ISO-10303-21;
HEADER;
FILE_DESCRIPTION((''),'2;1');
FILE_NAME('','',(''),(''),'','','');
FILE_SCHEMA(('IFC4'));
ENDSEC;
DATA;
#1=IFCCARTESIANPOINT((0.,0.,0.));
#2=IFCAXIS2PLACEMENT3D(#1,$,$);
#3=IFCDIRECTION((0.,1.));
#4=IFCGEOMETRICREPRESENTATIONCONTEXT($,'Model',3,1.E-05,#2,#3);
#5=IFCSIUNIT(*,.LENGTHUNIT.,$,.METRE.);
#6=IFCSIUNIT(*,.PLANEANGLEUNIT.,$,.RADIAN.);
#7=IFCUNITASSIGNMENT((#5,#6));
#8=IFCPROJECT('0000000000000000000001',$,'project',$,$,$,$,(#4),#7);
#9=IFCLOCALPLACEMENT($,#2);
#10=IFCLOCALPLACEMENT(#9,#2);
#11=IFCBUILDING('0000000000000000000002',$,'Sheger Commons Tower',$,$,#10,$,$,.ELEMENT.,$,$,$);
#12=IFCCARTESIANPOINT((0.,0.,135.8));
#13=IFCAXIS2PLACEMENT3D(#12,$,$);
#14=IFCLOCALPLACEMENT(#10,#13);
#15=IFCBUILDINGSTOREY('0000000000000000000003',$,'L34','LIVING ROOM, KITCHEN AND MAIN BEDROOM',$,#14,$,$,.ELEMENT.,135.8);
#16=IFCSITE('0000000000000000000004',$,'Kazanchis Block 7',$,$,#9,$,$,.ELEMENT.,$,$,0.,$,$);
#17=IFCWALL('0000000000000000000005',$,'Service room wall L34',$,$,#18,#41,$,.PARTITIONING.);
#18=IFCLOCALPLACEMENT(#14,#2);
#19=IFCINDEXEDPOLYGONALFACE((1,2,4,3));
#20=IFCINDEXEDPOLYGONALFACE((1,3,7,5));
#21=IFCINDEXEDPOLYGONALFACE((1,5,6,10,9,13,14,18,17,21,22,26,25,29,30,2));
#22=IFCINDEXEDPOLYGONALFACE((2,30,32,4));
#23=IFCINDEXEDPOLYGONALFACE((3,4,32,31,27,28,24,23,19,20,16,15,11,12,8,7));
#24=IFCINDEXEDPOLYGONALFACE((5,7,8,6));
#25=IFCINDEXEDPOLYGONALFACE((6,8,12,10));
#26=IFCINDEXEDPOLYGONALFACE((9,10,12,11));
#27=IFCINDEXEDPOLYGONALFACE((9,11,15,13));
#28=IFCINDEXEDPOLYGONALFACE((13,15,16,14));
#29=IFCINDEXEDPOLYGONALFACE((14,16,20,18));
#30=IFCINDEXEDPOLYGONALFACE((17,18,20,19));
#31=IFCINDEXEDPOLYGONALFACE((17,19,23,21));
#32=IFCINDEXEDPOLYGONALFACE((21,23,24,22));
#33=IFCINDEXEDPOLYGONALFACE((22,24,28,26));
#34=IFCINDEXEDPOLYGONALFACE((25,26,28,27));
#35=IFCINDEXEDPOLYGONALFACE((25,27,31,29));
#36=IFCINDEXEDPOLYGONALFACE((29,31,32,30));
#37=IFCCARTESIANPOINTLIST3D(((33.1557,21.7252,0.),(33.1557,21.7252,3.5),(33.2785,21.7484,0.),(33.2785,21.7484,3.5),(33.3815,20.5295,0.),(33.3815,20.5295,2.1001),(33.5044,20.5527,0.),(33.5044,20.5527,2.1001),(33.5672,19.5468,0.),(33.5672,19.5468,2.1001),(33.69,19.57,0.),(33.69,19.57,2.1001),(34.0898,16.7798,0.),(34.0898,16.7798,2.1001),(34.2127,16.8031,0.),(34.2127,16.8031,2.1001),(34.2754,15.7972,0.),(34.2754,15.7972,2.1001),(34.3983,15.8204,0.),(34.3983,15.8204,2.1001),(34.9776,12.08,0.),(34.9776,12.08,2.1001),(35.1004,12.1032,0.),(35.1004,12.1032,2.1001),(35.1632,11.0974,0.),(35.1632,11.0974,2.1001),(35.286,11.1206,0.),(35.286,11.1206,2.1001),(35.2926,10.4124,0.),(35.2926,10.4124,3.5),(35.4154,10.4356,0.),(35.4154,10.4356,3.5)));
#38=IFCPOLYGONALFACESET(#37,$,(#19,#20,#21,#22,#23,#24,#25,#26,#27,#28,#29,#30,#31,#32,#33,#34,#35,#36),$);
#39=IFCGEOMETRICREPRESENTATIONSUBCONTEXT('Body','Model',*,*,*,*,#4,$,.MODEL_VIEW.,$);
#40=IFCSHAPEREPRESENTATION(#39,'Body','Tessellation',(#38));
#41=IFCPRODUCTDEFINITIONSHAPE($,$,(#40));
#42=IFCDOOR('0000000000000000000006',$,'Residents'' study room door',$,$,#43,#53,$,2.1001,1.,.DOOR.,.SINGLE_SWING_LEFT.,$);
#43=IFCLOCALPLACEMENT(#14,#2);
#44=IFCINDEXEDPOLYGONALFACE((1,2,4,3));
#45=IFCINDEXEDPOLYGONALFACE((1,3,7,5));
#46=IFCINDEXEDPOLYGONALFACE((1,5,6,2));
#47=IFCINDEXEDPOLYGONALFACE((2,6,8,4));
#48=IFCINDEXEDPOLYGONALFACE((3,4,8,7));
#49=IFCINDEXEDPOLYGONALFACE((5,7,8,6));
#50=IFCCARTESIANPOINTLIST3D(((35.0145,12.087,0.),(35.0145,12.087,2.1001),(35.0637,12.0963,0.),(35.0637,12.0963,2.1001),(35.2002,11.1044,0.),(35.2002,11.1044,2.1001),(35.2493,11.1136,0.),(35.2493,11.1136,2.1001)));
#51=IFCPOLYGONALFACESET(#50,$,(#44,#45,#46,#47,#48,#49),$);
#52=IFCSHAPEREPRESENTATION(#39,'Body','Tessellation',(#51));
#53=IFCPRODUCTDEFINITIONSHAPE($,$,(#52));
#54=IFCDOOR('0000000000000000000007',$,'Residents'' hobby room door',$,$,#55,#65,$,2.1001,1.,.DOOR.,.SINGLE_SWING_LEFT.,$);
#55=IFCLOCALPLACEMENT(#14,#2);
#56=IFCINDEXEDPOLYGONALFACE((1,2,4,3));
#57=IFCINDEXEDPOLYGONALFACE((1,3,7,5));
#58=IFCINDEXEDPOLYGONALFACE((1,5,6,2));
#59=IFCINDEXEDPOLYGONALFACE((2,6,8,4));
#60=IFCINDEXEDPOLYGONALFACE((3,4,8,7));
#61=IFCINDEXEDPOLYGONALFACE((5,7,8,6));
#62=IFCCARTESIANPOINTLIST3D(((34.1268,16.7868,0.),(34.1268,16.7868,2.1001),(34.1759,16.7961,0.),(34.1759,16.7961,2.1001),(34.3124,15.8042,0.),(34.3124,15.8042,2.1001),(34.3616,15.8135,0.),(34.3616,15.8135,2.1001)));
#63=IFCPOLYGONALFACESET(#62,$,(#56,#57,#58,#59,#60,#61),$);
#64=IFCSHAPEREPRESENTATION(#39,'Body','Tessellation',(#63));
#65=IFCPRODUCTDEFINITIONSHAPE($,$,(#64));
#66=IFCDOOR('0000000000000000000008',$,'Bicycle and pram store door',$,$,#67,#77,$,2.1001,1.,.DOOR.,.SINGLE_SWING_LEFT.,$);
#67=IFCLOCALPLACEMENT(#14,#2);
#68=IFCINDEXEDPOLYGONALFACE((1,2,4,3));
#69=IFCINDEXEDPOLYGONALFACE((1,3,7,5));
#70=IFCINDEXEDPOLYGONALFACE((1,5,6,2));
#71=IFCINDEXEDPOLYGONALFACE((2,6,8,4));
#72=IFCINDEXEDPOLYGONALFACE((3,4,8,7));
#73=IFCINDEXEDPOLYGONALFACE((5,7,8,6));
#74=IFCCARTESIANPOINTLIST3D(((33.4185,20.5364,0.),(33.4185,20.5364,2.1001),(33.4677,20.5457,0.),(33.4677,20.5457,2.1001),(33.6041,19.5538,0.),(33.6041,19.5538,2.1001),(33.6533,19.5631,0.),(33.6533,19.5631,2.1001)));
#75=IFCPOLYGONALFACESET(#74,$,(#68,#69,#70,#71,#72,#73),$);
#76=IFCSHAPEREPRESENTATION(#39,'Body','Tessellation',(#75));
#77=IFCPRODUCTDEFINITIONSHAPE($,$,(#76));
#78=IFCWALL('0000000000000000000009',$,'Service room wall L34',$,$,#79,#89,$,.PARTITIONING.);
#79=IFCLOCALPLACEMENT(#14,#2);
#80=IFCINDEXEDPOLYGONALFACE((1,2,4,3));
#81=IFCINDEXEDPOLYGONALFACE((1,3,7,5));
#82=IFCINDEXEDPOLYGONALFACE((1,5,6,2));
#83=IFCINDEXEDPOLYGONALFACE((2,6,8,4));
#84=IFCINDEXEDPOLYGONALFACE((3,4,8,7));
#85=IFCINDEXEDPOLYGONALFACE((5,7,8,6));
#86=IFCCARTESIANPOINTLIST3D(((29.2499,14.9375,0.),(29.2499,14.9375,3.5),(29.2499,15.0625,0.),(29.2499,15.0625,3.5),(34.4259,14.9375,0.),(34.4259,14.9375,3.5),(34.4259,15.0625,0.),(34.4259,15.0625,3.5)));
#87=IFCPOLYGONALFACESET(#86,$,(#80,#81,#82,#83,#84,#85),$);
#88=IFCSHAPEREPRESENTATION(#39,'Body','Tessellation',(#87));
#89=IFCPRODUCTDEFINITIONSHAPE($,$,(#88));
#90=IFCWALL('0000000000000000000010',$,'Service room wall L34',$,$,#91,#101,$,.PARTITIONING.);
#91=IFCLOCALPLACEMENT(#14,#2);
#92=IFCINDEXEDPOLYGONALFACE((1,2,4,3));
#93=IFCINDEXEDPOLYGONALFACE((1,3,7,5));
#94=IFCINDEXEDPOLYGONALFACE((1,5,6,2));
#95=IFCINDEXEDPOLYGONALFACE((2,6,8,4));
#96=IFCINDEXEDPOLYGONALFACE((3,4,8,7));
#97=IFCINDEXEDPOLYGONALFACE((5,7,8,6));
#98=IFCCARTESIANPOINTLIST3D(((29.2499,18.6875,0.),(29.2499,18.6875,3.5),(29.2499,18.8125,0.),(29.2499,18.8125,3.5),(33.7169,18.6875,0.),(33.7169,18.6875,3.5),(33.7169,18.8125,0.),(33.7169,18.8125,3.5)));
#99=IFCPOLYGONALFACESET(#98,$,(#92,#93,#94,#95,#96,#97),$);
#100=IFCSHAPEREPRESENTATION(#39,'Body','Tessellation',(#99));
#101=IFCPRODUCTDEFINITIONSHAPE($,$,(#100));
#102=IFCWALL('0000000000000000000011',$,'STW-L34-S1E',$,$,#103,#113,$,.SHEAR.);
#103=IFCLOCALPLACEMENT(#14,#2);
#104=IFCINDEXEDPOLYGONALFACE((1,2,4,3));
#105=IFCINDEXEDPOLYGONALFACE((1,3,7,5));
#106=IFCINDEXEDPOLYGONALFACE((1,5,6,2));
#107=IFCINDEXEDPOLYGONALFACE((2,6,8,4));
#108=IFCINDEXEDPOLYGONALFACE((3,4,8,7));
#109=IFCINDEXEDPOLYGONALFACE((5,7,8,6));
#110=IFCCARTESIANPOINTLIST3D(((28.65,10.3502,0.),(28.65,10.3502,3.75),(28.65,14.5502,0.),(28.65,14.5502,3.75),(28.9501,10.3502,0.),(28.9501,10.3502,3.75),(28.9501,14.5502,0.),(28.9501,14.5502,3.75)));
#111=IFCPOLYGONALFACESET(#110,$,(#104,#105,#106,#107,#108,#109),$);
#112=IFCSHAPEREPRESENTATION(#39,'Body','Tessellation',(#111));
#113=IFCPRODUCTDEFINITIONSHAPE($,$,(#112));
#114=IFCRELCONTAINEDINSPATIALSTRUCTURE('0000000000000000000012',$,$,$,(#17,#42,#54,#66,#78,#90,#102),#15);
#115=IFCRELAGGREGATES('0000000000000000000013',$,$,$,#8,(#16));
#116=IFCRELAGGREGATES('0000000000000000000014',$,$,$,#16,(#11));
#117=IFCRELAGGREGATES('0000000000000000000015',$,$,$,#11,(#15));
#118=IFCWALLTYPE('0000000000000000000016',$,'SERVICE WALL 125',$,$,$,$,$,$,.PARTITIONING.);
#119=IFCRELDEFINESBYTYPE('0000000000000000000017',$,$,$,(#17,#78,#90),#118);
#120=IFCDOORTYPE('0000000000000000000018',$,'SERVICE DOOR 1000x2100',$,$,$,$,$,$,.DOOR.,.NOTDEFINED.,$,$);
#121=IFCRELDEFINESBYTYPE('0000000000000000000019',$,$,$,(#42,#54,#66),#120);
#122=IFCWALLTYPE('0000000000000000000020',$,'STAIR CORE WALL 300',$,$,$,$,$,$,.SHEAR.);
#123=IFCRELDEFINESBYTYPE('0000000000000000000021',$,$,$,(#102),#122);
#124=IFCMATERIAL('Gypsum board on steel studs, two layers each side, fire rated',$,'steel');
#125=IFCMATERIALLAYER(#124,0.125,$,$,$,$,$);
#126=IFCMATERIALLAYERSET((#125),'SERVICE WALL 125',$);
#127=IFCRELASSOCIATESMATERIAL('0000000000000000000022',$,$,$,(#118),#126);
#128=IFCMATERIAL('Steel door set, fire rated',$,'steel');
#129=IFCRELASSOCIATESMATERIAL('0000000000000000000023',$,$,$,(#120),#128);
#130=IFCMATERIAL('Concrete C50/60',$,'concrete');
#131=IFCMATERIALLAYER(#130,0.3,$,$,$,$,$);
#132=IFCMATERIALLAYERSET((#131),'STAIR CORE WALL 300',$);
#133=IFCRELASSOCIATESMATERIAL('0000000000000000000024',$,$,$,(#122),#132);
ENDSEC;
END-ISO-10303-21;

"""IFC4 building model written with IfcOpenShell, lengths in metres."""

from ifc_helpers import new_model, si_unit, direction, frame, frame_2d, origin, place, context, subcontext, project, spatial, rectangle, extrude, material, layer, layer_set, type_object, element, fill, save


model = new_model("IFC4")

# Units and contexts
model_context = context("Model", 3, precision=1e-05, world=origin(), true_north=direction((0.0, 1.0)))
body_context = subcontext(model_context, "Body", "Model", "MODEL_VIEW")
ifc_project = project(units=[si_unit("LENGTHUNIT", "METRE"), si_unit("PLANEANGLEUNIT", "RADIAN")], contexts=[model_context])

# Site, building, storey
site_placement = place(None, origin())
site = spatial("IfcSite", under=ifc_project, at=site_placement, Name="Kazanchis Block 7", CompositionType="ELEMENT", RefElevation=0.0)
building_placement = place(site_placement, origin())
building = spatial("IfcBuilding", under=site, at=building_placement, Name="Sheger Commons Tower", CompositionType="ELEMENT")
storey_placement = place(building_placement, frame((0.0, 0.0, 135.8)))
storey = spatial("IfcBuildingStorey", under=building, at=storey_placement, Name="L34", Description="LIVING ROOM, KITCHEN AND MAIN BEDROOM", CompositionType="ELEMENT", Elevation=135.8)

# Shared definitions
ifc_material_1 = material(Name="Gypsum board on steel studs, two layers each side, fire rated", Category="steel")
ifc_layer_1 = layer(ifc_material_1, 0.125)
ifc_layer_set_1 = layer_set([ifc_layer_1], Name="SERVICE WALL 125")
wall_type_1 = type_object("IfcWallType", Name="SERVICE WALL 125", PredefinedType="PARTITIONING", material=ifc_layer_set_1)

# Wall, openings, doors
wall_1_placement = place(storey_placement, frame((35.354, 10.4241, 0.0), z_axis=(0.0, 0.0, 1.0), x_axis=(-0.185612, 0.982623, 0.0)))
wall_1 = element("IfcWall", 1, at=wall_1_placement, inside=storey, type_object=wall_type_1, Name="Service room wall L34", PredefinedType="PARTITIONING", context=body_context, shape_type="SweptSolid", body=[
    extrude(rectangle(XDim=11.5129, YDim=0.125, at=frame_2d((5.7563, 0.0))), origin(), (0.0, 0.0, 1.0), 3.5),
])
opening_1_placement = place(wall_1_placement, frame((0.697, 0.0, 0.0)))
opening_1 = element("IfcOpeningElement", 2, at=opening_1_placement, cuts=wall_1, PredefinedType="OPENING", context=body_context, shape_type="SweptSolid", body=[
    extrude(rectangle(XDim=1.0, YDim=2.1001, at=frame_2d((0.5, 1.05))), frame((0.0, 0.0725, 0.0), z_axis=(0.0, -1.0, 0.0), x_axis=(1.0, 0.0, 0.0)), (0.0, 0.0, 1.0), 0.145),
])
opening_2_placement = place(wall_1_placement, frame((5.48, 0.0, 0.0)))
opening_2 = element("IfcOpeningElement", 3, at=opening_2_placement, cuts=wall_1, PredefinedType="OPENING", context=body_context, shape_type="SweptSolid", body=[
    extrude(rectangle(XDim=1.0, YDim=2.1001, at=frame_2d((0.5, 1.05))), frame((0.0, 0.0725, 0.0), z_axis=(0.0, -1.0, 0.0), x_axis=(1.0, 0.0, 0.0)), (0.0, 0.0, 1.0), 0.145),
])
opening_3_placement = place(wall_1_placement, frame((9.2959, 0.0, 0.0)))
opening_3 = element("IfcOpeningElement", 4, at=opening_3_placement, cuts=wall_1, PredefinedType="OPENING", context=body_context, shape_type="SweptSolid", body=[
    extrude(rectangle(XDim=1.0, YDim=2.1001, at=frame_2d((0.5, 1.05))), frame((0.0, 0.0725, 0.0), z_axis=(0.0, -1.0, 0.0), x_axis=(1.0, 0.0, 0.0)), (0.0, 0.0, 1.0), 0.145),
])
ifc_material_2 = material(Name="Steel door set, fire rated", Category="steel")
door_type = type_object("IfcDoorType", Name="SERVICE DOOR 1000x2100", OperationType="NOTDEFINED", PredefinedType="DOOR", material=ifc_material_2)
door_1_placement = place(opening_1_placement, origin())
door_1 = element("IfcDoor", 5, at=door_1_placement, inside=storey, type_object=door_type, Name="Residents' study room door", OperationType="SINGLE_SWING_LEFT", OverallHeight=2.1001, OverallWidth=1.0, PredefinedType="DOOR", context=body_context, shape_type="SweptSolid", body=[
    extrude(rectangle(XDim=1.0, YDim=2.1001, at=frame_2d((0.5, 1.05))), frame((0.0, 0.0249, 0.0), z_axis=(0.0, -1.0, 0.0), x_axis=(1.0, 0.0, 0.0)), (0.0, 0.0, 1.0), 0.05),
])
fill(opening_1, door_1)
door_2_placement = place(opening_2_placement, origin())
door_2 = element("IfcDoor", 6, at=door_2_placement, inside=storey, type_object=door_type, Name="Residents' hobby room door", OperationType="SINGLE_SWING_LEFT", OverallHeight=2.1001, OverallWidth=1.0, PredefinedType="DOOR", context=body_context, shape_type="SweptSolid", body=[
    extrude(rectangle(XDim=1.0, YDim=2.1001, at=frame_2d((0.5, 1.05))), frame((0.0, 0.0249, 0.0), z_axis=(0.0, -1.0, 0.0), x_axis=(1.0, 0.0, 0.0)), (0.0, 0.0, 1.0), 0.05),
])
fill(opening_2, door_2)
door_3_placement = place(opening_3_placement, origin())
door_3 = element("IfcDoor", 7, at=door_3_placement, inside=storey, type_object=door_type, Name="Bicycle and pram store door", OperationType="SINGLE_SWING_LEFT", OverallHeight=2.1001, OverallWidth=1.0, PredefinedType="DOOR", context=body_context, shape_type="SweptSolid", body=[
    extrude(rectangle(XDim=1.0, YDim=2.1001, at=frame_2d((0.5, 1.05))), frame((0.0, 0.0249, 0.0), z_axis=(0.0, -1.0, 0.0), x_axis=(1.0, 0.0, 0.0)), (0.0, 0.0, 1.0), 0.05),
])
fill(opening_3, door_3)

# Walls
wall_2_placement = place(storey_placement, frame((29.25, 15.0, 0.0), z_axis=(0.0, 0.0, 1.0), x_axis=(1.0, 0.0, 0.0)))
element("IfcWall", 8, at=wall_2_placement, inside=storey, type_object=wall_type_1, Name="Service room wall L34", PredefinedType="PARTITIONING", context=body_context, shape_type="SweptSolid", body=[
    extrude(rectangle(XDim=5.176, YDim=0.125, at=frame_2d((2.5879, 0.0))), origin(), (0.0, 0.0, 1.0), 3.5),
])
wall_3_placement = place(storey_placement, frame((29.25, 18.75, 0.0), z_axis=(0.0, 0.0, 1.0), x_axis=(1.0, 0.0, 0.0)))
element("IfcWall", 9, at=wall_3_placement, inside=storey, type_object=wall_type_1, Name="Service room wall L34", PredefinedType="PARTITIONING", context=body_context, shape_type="SweptSolid", body=[
    extrude(rectangle(XDim=4.467, YDim=0.125, at=frame_2d((2.2334, 0.0))), origin(), (0.0, 0.0, 1.0), 3.5),
])
ifc_material_3 = material(Name="Concrete C50/60", Category="concrete")
ifc_layer_2 = layer(ifc_material_3, 0.3)
ifc_layer_set_2 = layer_set([ifc_layer_2], Name="STAIR CORE WALL 300")
wall_type_2 = type_object("IfcWallType", Name="STAIR CORE WALL 300", PredefinedType="SHEAR", material=ifc_layer_set_2)
wall_4_placement = place(storey_placement, frame((28.8, 10.3501, 0.0), z_axis=(0.0, 0.0, 1.0), x_axis=(0.0, 1.0, 0.0)))
element("IfcWall", 10, at=wall_4_placement, inside=storey, type_object=wall_type_2, Name="STW-L34-S1E", PredefinedType="SHEAR", context=body_context, shape_type="SweptSolid", body=[
    extrude(rectangle(XDim=4.2, YDim=0.3, at=frame_2d((2.1001, 0.0))), origin(), (0.0, 0.0, 1.0), 3.75),
])

save(model, "model.ifc")
